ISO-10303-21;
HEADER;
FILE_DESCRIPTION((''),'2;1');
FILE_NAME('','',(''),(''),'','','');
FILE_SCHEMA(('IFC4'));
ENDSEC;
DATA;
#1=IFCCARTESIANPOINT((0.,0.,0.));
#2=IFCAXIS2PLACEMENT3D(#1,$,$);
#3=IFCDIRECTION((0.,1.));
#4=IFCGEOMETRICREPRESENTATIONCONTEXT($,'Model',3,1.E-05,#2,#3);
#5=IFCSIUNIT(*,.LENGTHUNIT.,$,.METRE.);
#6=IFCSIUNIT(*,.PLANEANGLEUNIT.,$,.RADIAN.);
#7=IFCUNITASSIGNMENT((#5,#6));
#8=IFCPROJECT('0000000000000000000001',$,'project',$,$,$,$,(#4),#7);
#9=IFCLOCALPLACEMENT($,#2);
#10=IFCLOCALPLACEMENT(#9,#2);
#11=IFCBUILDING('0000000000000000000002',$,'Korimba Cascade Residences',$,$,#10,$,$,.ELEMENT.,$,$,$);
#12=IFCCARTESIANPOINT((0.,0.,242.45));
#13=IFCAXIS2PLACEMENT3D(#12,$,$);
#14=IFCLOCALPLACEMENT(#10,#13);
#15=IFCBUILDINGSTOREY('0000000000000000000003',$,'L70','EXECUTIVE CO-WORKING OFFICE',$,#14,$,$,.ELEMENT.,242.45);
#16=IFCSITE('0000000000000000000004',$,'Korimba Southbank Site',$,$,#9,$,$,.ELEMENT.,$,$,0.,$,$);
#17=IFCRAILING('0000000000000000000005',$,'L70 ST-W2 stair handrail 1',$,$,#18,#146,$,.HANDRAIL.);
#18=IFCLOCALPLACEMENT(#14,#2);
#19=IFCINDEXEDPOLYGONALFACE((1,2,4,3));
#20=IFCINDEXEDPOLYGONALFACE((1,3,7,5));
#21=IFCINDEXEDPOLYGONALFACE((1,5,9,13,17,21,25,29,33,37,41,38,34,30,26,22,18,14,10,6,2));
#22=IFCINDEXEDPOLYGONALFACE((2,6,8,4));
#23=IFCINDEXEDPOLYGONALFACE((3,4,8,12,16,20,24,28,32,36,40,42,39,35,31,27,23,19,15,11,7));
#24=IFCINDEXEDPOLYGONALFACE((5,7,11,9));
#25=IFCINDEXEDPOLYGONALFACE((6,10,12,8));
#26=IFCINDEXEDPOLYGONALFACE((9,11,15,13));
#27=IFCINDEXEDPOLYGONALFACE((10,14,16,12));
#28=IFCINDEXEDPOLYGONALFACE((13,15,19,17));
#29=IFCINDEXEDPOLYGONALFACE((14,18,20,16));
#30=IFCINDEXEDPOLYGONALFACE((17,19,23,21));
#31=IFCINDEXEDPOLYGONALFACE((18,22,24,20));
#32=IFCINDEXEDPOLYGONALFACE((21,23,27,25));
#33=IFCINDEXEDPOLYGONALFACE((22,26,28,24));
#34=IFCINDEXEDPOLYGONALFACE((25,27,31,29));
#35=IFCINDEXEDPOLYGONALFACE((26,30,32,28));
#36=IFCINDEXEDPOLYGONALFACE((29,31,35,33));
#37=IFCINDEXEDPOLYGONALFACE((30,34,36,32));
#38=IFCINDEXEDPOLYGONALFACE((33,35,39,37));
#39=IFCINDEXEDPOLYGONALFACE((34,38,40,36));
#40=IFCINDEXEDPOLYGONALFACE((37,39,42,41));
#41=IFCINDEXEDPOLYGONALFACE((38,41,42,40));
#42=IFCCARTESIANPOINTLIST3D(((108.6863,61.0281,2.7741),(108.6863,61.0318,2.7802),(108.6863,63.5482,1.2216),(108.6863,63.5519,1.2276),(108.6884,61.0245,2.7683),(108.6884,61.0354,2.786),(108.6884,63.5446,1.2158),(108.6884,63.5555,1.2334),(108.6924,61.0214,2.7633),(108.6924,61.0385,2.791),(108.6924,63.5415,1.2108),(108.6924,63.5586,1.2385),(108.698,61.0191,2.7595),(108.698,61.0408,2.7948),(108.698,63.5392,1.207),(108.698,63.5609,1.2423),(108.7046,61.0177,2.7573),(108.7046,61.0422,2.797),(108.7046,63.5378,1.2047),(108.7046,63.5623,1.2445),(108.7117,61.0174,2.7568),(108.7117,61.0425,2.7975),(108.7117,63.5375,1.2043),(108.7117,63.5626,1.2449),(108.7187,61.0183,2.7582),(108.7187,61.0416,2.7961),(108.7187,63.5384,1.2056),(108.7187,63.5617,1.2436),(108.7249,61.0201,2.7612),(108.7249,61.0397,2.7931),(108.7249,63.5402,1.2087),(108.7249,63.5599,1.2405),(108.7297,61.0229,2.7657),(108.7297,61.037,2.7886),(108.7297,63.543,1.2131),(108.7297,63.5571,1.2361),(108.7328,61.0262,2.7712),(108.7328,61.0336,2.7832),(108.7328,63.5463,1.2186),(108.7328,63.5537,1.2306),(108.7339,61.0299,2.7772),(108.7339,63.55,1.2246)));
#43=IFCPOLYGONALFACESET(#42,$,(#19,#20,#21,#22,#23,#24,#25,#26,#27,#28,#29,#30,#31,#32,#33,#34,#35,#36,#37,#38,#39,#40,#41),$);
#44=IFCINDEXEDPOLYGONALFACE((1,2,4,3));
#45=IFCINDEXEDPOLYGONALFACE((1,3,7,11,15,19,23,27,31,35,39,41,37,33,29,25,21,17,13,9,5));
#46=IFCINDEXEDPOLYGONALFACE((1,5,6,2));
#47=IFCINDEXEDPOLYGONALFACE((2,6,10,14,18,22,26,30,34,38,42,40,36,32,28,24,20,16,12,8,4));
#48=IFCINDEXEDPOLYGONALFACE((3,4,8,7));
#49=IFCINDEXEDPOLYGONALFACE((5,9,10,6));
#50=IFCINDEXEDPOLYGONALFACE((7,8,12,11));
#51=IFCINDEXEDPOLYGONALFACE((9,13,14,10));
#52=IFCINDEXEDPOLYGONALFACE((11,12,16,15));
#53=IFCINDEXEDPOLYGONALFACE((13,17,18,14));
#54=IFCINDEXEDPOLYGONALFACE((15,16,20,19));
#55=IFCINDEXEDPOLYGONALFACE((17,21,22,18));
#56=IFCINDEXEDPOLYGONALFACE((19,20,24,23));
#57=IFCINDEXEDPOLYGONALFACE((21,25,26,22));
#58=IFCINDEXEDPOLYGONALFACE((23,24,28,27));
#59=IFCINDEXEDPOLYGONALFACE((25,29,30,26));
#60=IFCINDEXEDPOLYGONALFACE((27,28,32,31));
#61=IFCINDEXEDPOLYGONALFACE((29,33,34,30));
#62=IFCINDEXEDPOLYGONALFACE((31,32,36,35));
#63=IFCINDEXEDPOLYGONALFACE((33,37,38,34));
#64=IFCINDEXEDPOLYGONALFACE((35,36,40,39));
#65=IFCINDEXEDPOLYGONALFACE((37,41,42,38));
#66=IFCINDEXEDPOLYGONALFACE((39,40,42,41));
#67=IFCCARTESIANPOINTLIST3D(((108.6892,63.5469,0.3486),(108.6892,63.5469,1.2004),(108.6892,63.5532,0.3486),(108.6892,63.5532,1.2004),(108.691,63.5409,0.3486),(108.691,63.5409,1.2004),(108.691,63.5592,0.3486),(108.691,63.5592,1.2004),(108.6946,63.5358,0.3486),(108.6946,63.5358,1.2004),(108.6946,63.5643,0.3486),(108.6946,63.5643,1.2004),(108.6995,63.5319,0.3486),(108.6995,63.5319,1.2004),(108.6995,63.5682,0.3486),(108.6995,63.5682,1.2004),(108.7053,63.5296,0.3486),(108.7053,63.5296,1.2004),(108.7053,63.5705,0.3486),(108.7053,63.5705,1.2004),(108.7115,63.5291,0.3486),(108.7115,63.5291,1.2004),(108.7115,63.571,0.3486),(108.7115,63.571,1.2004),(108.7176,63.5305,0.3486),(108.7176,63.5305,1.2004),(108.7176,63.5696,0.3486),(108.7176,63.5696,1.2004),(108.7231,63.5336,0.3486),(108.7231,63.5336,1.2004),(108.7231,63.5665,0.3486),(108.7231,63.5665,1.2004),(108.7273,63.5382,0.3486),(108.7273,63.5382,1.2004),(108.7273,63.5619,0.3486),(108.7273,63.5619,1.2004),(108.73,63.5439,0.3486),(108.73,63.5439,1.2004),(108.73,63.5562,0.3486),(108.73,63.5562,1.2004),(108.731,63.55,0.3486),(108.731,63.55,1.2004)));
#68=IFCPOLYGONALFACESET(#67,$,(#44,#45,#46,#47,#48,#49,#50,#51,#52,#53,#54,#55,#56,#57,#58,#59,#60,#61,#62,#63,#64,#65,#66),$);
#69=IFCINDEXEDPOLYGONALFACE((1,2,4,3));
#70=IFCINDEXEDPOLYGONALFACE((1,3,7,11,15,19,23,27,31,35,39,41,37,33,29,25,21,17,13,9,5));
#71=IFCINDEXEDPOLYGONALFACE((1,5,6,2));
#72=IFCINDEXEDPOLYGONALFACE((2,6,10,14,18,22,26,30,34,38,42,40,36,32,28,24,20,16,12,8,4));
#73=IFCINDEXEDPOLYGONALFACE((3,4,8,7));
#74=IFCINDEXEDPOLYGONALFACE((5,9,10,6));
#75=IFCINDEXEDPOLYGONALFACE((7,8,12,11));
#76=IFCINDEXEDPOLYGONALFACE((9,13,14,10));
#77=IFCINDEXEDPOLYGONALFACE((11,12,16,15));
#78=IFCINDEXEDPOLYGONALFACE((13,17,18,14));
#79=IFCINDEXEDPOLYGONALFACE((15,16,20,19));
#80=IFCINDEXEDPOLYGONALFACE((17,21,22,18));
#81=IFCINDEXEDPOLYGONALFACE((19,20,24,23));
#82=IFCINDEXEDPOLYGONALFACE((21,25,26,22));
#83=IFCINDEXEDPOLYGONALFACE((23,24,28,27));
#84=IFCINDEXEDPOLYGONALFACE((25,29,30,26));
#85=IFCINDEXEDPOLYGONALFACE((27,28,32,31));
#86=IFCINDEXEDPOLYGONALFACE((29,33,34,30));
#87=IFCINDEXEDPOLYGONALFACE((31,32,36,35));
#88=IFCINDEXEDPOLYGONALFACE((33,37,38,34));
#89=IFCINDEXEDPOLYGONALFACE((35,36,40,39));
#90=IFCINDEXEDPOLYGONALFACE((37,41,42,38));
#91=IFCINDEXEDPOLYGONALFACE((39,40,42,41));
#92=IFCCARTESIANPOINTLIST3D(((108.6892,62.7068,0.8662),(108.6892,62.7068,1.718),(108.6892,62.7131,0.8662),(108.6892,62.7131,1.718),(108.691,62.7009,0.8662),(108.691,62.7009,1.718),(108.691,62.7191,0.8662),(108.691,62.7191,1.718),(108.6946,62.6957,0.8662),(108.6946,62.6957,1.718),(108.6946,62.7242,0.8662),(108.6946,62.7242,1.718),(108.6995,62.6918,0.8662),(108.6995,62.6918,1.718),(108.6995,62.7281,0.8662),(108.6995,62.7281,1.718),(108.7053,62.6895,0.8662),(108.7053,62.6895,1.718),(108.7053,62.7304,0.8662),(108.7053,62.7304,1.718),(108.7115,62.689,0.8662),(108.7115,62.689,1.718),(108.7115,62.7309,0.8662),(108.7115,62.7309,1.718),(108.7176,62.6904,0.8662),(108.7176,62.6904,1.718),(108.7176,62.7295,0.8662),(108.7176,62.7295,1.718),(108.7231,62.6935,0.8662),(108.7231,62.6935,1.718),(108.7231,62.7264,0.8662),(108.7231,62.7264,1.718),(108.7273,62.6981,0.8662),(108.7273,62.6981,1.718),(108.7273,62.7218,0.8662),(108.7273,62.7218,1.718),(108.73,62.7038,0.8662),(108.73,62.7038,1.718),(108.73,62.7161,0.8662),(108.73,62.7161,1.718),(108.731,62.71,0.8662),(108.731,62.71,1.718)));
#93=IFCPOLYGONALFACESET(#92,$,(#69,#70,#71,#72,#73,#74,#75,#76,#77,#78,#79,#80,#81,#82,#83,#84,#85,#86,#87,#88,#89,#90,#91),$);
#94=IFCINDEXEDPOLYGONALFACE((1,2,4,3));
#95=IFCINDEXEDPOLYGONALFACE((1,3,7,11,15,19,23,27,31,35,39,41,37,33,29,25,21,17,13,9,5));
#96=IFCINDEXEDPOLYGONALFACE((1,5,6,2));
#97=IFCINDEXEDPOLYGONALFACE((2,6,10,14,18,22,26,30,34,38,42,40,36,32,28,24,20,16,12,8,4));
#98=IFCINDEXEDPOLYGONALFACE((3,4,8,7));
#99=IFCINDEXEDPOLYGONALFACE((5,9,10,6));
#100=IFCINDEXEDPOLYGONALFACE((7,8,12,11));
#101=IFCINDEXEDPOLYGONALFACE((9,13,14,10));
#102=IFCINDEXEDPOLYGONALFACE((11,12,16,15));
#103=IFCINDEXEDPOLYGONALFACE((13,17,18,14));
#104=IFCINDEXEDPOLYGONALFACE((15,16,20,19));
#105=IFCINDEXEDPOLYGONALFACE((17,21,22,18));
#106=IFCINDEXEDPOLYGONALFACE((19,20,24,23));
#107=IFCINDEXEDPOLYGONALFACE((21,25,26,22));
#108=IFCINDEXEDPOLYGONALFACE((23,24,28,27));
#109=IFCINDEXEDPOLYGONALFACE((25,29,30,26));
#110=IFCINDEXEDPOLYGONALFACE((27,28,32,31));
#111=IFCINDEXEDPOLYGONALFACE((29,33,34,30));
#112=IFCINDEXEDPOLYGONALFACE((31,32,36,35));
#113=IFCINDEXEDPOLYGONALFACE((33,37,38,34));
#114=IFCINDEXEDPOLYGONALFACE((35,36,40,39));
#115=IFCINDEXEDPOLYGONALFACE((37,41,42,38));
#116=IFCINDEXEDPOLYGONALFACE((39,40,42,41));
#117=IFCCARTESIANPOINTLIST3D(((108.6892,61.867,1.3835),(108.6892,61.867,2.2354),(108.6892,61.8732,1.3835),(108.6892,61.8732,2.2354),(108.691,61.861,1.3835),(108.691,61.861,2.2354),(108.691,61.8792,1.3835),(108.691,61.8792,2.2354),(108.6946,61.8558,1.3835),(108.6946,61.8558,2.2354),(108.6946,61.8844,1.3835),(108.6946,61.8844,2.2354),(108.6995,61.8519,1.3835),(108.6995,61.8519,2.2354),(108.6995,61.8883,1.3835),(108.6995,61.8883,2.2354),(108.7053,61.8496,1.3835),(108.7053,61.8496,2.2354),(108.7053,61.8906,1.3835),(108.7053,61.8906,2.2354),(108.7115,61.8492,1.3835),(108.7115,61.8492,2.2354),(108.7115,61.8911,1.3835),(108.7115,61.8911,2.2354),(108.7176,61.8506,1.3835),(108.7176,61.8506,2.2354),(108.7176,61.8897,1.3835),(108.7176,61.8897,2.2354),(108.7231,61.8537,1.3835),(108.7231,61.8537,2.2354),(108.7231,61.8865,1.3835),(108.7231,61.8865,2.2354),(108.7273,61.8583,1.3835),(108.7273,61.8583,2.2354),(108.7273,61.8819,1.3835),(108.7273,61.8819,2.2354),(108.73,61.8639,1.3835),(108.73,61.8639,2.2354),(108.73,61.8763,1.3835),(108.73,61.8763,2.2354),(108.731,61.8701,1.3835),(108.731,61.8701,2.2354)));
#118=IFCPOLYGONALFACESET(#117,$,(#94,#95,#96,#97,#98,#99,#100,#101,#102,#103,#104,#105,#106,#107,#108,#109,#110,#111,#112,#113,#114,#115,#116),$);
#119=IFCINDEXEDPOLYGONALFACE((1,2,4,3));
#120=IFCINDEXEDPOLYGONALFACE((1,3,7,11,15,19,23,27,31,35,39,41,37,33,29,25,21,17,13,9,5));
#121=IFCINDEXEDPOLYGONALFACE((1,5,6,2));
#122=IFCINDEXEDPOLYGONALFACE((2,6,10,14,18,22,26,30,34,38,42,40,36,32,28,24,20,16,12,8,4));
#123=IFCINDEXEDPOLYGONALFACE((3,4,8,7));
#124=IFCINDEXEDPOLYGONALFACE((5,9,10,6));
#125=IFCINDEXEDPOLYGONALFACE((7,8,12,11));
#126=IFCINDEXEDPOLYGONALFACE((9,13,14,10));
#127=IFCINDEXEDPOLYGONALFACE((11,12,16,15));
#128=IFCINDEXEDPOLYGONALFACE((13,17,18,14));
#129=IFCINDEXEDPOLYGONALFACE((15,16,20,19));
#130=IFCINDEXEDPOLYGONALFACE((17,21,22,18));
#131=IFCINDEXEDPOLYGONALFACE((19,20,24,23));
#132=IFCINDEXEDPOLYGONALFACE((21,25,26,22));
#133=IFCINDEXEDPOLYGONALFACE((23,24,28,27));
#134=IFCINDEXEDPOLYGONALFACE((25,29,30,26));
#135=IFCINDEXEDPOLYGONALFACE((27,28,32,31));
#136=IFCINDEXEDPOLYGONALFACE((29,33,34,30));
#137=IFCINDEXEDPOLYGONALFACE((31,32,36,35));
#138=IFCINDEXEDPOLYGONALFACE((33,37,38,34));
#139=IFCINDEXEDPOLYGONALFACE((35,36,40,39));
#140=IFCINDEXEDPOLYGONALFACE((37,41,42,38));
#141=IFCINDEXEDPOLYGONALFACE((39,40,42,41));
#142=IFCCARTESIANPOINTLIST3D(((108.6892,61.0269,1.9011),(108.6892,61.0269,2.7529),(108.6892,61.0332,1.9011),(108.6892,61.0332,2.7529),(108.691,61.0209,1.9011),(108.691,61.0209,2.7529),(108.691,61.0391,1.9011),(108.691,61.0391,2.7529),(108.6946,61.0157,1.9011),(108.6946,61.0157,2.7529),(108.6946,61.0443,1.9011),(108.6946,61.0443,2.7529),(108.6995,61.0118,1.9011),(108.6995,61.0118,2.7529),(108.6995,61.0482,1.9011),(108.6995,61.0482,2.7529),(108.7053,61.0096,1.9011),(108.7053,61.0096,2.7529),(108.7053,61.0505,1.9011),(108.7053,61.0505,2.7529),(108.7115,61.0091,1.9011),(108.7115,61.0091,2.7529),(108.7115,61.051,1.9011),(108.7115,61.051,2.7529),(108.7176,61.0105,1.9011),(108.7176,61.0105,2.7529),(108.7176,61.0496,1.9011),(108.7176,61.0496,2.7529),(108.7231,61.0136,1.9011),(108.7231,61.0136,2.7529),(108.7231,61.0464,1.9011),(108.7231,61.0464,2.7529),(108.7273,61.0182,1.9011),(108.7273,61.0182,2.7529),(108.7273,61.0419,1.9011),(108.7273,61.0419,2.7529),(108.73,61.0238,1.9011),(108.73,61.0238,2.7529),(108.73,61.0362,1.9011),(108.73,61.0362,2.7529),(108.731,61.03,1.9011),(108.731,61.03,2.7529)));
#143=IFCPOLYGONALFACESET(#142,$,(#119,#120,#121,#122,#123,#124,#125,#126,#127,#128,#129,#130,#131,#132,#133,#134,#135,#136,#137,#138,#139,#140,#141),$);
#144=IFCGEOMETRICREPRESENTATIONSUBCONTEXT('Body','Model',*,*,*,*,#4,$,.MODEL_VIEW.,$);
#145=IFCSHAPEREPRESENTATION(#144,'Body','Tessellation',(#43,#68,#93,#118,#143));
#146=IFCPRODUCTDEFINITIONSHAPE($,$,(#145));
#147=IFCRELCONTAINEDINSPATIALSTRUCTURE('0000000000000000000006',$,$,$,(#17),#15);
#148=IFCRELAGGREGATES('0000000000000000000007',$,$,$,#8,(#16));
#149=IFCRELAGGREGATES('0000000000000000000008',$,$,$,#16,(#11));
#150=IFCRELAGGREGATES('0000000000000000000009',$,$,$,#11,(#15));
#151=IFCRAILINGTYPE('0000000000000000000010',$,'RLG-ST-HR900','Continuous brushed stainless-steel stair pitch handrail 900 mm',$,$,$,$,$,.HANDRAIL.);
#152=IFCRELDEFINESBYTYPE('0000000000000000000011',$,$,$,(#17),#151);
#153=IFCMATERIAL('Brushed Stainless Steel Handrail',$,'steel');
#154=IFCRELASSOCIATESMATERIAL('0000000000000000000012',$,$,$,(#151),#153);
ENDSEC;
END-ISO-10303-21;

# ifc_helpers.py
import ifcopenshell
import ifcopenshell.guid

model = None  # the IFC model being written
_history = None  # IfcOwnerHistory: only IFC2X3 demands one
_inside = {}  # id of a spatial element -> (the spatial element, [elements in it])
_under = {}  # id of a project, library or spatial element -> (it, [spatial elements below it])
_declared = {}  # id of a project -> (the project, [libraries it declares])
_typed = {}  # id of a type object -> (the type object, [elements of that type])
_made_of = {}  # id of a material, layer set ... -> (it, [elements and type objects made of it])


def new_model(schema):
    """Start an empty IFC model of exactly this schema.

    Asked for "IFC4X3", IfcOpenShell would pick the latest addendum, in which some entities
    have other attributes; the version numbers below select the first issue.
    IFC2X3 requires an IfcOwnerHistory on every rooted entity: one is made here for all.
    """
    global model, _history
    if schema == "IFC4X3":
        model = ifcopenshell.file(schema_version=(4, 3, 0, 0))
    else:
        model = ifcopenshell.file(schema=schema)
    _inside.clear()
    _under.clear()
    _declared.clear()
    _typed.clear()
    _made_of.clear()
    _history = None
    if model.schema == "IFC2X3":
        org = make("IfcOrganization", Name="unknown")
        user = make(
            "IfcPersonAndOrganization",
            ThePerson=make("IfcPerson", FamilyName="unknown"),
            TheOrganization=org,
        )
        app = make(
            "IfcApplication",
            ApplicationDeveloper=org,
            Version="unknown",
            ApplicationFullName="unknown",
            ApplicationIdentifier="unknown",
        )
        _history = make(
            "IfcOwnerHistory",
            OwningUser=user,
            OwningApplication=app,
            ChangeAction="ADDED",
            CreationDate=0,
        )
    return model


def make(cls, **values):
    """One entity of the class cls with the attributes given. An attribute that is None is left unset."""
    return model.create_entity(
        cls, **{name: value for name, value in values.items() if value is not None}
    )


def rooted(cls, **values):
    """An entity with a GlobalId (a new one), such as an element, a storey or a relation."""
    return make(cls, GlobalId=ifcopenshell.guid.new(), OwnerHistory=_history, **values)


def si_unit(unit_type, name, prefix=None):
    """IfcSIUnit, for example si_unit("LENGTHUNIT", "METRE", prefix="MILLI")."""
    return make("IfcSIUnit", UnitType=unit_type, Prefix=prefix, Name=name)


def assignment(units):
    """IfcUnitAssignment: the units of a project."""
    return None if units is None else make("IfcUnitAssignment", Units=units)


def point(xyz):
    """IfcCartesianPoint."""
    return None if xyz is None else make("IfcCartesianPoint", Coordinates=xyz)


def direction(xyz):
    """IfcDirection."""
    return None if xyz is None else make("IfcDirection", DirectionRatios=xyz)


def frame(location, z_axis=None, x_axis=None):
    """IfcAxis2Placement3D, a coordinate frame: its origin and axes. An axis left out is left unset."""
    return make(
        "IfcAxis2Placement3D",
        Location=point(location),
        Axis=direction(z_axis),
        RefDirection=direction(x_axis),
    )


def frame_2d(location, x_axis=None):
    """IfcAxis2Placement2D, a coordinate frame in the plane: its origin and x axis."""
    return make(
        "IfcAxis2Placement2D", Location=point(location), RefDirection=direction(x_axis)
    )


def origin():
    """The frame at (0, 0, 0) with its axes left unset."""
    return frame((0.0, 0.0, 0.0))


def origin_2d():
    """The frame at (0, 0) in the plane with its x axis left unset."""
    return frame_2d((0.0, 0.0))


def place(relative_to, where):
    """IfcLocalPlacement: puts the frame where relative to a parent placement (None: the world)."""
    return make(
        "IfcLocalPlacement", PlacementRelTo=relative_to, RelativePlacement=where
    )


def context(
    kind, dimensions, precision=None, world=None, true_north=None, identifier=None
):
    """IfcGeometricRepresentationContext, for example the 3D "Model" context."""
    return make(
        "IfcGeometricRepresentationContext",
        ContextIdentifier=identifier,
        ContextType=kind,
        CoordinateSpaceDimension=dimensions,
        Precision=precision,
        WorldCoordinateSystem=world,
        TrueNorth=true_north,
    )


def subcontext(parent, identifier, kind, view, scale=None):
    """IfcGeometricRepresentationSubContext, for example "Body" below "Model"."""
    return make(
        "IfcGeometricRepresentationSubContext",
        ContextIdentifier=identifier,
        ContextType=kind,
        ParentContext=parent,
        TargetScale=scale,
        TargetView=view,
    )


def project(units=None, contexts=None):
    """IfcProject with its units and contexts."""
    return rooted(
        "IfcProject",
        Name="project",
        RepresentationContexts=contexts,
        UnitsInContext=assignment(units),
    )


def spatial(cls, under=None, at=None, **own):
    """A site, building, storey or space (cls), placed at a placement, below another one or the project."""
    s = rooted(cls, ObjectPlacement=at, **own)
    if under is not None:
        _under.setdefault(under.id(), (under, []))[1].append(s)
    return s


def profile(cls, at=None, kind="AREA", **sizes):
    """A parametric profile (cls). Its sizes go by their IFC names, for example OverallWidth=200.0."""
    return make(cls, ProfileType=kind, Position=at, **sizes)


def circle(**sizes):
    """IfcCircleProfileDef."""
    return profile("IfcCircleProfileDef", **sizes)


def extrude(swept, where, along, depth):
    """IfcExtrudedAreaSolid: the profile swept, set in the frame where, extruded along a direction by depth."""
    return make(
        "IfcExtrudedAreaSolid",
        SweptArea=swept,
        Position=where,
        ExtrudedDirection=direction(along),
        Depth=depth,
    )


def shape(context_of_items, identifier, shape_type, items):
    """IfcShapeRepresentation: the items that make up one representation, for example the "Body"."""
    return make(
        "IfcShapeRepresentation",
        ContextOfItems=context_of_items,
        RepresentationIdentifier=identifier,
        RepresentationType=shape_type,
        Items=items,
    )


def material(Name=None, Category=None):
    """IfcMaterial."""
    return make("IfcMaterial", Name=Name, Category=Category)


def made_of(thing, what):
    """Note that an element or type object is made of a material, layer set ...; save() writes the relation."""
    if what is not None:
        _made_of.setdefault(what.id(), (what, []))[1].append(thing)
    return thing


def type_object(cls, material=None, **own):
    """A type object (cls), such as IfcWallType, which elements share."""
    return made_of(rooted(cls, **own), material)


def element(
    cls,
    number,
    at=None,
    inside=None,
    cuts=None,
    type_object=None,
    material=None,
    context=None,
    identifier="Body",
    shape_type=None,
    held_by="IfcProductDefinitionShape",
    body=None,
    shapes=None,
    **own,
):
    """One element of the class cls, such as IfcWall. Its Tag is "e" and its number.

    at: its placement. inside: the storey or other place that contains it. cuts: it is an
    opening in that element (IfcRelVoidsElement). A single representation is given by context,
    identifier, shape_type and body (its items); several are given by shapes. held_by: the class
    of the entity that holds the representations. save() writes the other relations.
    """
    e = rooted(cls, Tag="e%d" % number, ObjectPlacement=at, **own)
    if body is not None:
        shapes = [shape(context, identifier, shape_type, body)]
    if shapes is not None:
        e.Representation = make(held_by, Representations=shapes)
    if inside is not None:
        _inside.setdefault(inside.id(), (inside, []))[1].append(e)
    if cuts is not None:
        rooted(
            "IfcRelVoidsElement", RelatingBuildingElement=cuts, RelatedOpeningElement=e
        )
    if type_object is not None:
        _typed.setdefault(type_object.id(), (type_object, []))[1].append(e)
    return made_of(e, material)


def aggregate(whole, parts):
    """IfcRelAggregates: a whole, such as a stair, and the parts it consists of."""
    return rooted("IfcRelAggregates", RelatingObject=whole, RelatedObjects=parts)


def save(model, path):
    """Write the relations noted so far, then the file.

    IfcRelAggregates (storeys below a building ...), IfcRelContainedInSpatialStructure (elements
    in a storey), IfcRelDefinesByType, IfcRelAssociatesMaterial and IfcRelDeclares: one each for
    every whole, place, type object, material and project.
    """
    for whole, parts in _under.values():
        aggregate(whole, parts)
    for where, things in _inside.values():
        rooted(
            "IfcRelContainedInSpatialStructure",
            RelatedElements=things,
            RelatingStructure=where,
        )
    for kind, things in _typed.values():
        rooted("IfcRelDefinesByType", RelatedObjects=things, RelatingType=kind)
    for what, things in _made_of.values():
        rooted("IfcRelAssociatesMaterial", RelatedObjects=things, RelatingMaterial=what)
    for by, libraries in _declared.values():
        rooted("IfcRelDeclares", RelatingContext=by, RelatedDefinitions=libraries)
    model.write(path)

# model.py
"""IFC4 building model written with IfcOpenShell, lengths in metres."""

from ifc_helpers import new_model, si_unit, direction, frame, origin, origin_2d, place, context, subcontext, project, spatial, circle, extrude, material, type_object, element, save


model = new_model("IFC4")

# Units and contexts
model_context = context("Model", 3, precision=1e-05, world=origin(), true_north=direction((0.0, 1.0)))
body_context = subcontext(model_context, "Body", "Model", "MODEL_VIEW")
ifc_project = project(units=[si_unit("LENGTHUNIT", "METRE"), si_unit("PLANEANGLEUNIT", "RADIAN")], contexts=[model_context])

# Site, building, storey
site_placement = place(None, origin())
site = spatial("IfcSite", under=ifc_project, at=site_placement, Name="Korimba Southbank Site", CompositionType="ELEMENT", RefElevation=0.0)
building_placement = place(site_placement, origin())
building = spatial("IfcBuilding", under=site, at=building_placement, Name="Korimba Cascade Residences", CompositionType="ELEMENT")
storey_placement = place(building_placement, frame((0.0, 0.0, 242.45)))
storey = spatial("IfcBuildingStorey", under=building, at=storey_placement, Name="L70", Description="EXECUTIVE CO-WORKING OFFICE", CompositionType="ELEMENT", Elevation=242.45)

# Railing
ifc_material_1 = material(Name="Brushed Stainless Steel Handrail", Category="steel")
railing_type_1 = type_object("IfcRailingType", Name="RLG-ST-HR900", Description="Continuous brushed stainless-steel stair pitch handrail 900 mm", PredefinedType="HANDRAIL", material=ifc_material_1)
railing_1_placement = place(storey_placement, frame((108.71, 63.55, 0.3486)))
element("IfcRailing", 1, at=railing_1_placement, inside=storey, type_object=railing_type_1, Name="L70 ST-W2 stair handrail 1", PredefinedType="HANDRAIL", context=body_context, shape_type="SweptSolid", body=[
    extrude(circle(Radius=0.0239, at=origin_2d()), frame((0.0, 0.0, 0.876), z_axis=(0.0, -0.8514, 0.524516), x_axis=(1.0, 0.0, 0.0)), (0.0, 0.0, 1.0), 2.96),
    extrude(circle(Radius=0.021, at=origin_2d()), origin(), (0.0, 0.0, 1.0), 0.8518),
    extrude(circle(Radius=0.021, at=origin_2d()), frame((0.0, -0.8401, 0.5176)), (0.0, 0.0, 1.0), 0.8518),
    extrude(circle(Radius=0.021, at=origin_2d()), frame((0.0, -1.6799, 1.0349)), (0.0, 0.0, 1.0), 0.8518),
    extrude(circle(Radius=0.021, at=origin_2d()), frame((0.0, -2.52, 1.5525)), (0.0, 0.0, 1.0), 0.8518),
])

save(model, "model.ifc")
